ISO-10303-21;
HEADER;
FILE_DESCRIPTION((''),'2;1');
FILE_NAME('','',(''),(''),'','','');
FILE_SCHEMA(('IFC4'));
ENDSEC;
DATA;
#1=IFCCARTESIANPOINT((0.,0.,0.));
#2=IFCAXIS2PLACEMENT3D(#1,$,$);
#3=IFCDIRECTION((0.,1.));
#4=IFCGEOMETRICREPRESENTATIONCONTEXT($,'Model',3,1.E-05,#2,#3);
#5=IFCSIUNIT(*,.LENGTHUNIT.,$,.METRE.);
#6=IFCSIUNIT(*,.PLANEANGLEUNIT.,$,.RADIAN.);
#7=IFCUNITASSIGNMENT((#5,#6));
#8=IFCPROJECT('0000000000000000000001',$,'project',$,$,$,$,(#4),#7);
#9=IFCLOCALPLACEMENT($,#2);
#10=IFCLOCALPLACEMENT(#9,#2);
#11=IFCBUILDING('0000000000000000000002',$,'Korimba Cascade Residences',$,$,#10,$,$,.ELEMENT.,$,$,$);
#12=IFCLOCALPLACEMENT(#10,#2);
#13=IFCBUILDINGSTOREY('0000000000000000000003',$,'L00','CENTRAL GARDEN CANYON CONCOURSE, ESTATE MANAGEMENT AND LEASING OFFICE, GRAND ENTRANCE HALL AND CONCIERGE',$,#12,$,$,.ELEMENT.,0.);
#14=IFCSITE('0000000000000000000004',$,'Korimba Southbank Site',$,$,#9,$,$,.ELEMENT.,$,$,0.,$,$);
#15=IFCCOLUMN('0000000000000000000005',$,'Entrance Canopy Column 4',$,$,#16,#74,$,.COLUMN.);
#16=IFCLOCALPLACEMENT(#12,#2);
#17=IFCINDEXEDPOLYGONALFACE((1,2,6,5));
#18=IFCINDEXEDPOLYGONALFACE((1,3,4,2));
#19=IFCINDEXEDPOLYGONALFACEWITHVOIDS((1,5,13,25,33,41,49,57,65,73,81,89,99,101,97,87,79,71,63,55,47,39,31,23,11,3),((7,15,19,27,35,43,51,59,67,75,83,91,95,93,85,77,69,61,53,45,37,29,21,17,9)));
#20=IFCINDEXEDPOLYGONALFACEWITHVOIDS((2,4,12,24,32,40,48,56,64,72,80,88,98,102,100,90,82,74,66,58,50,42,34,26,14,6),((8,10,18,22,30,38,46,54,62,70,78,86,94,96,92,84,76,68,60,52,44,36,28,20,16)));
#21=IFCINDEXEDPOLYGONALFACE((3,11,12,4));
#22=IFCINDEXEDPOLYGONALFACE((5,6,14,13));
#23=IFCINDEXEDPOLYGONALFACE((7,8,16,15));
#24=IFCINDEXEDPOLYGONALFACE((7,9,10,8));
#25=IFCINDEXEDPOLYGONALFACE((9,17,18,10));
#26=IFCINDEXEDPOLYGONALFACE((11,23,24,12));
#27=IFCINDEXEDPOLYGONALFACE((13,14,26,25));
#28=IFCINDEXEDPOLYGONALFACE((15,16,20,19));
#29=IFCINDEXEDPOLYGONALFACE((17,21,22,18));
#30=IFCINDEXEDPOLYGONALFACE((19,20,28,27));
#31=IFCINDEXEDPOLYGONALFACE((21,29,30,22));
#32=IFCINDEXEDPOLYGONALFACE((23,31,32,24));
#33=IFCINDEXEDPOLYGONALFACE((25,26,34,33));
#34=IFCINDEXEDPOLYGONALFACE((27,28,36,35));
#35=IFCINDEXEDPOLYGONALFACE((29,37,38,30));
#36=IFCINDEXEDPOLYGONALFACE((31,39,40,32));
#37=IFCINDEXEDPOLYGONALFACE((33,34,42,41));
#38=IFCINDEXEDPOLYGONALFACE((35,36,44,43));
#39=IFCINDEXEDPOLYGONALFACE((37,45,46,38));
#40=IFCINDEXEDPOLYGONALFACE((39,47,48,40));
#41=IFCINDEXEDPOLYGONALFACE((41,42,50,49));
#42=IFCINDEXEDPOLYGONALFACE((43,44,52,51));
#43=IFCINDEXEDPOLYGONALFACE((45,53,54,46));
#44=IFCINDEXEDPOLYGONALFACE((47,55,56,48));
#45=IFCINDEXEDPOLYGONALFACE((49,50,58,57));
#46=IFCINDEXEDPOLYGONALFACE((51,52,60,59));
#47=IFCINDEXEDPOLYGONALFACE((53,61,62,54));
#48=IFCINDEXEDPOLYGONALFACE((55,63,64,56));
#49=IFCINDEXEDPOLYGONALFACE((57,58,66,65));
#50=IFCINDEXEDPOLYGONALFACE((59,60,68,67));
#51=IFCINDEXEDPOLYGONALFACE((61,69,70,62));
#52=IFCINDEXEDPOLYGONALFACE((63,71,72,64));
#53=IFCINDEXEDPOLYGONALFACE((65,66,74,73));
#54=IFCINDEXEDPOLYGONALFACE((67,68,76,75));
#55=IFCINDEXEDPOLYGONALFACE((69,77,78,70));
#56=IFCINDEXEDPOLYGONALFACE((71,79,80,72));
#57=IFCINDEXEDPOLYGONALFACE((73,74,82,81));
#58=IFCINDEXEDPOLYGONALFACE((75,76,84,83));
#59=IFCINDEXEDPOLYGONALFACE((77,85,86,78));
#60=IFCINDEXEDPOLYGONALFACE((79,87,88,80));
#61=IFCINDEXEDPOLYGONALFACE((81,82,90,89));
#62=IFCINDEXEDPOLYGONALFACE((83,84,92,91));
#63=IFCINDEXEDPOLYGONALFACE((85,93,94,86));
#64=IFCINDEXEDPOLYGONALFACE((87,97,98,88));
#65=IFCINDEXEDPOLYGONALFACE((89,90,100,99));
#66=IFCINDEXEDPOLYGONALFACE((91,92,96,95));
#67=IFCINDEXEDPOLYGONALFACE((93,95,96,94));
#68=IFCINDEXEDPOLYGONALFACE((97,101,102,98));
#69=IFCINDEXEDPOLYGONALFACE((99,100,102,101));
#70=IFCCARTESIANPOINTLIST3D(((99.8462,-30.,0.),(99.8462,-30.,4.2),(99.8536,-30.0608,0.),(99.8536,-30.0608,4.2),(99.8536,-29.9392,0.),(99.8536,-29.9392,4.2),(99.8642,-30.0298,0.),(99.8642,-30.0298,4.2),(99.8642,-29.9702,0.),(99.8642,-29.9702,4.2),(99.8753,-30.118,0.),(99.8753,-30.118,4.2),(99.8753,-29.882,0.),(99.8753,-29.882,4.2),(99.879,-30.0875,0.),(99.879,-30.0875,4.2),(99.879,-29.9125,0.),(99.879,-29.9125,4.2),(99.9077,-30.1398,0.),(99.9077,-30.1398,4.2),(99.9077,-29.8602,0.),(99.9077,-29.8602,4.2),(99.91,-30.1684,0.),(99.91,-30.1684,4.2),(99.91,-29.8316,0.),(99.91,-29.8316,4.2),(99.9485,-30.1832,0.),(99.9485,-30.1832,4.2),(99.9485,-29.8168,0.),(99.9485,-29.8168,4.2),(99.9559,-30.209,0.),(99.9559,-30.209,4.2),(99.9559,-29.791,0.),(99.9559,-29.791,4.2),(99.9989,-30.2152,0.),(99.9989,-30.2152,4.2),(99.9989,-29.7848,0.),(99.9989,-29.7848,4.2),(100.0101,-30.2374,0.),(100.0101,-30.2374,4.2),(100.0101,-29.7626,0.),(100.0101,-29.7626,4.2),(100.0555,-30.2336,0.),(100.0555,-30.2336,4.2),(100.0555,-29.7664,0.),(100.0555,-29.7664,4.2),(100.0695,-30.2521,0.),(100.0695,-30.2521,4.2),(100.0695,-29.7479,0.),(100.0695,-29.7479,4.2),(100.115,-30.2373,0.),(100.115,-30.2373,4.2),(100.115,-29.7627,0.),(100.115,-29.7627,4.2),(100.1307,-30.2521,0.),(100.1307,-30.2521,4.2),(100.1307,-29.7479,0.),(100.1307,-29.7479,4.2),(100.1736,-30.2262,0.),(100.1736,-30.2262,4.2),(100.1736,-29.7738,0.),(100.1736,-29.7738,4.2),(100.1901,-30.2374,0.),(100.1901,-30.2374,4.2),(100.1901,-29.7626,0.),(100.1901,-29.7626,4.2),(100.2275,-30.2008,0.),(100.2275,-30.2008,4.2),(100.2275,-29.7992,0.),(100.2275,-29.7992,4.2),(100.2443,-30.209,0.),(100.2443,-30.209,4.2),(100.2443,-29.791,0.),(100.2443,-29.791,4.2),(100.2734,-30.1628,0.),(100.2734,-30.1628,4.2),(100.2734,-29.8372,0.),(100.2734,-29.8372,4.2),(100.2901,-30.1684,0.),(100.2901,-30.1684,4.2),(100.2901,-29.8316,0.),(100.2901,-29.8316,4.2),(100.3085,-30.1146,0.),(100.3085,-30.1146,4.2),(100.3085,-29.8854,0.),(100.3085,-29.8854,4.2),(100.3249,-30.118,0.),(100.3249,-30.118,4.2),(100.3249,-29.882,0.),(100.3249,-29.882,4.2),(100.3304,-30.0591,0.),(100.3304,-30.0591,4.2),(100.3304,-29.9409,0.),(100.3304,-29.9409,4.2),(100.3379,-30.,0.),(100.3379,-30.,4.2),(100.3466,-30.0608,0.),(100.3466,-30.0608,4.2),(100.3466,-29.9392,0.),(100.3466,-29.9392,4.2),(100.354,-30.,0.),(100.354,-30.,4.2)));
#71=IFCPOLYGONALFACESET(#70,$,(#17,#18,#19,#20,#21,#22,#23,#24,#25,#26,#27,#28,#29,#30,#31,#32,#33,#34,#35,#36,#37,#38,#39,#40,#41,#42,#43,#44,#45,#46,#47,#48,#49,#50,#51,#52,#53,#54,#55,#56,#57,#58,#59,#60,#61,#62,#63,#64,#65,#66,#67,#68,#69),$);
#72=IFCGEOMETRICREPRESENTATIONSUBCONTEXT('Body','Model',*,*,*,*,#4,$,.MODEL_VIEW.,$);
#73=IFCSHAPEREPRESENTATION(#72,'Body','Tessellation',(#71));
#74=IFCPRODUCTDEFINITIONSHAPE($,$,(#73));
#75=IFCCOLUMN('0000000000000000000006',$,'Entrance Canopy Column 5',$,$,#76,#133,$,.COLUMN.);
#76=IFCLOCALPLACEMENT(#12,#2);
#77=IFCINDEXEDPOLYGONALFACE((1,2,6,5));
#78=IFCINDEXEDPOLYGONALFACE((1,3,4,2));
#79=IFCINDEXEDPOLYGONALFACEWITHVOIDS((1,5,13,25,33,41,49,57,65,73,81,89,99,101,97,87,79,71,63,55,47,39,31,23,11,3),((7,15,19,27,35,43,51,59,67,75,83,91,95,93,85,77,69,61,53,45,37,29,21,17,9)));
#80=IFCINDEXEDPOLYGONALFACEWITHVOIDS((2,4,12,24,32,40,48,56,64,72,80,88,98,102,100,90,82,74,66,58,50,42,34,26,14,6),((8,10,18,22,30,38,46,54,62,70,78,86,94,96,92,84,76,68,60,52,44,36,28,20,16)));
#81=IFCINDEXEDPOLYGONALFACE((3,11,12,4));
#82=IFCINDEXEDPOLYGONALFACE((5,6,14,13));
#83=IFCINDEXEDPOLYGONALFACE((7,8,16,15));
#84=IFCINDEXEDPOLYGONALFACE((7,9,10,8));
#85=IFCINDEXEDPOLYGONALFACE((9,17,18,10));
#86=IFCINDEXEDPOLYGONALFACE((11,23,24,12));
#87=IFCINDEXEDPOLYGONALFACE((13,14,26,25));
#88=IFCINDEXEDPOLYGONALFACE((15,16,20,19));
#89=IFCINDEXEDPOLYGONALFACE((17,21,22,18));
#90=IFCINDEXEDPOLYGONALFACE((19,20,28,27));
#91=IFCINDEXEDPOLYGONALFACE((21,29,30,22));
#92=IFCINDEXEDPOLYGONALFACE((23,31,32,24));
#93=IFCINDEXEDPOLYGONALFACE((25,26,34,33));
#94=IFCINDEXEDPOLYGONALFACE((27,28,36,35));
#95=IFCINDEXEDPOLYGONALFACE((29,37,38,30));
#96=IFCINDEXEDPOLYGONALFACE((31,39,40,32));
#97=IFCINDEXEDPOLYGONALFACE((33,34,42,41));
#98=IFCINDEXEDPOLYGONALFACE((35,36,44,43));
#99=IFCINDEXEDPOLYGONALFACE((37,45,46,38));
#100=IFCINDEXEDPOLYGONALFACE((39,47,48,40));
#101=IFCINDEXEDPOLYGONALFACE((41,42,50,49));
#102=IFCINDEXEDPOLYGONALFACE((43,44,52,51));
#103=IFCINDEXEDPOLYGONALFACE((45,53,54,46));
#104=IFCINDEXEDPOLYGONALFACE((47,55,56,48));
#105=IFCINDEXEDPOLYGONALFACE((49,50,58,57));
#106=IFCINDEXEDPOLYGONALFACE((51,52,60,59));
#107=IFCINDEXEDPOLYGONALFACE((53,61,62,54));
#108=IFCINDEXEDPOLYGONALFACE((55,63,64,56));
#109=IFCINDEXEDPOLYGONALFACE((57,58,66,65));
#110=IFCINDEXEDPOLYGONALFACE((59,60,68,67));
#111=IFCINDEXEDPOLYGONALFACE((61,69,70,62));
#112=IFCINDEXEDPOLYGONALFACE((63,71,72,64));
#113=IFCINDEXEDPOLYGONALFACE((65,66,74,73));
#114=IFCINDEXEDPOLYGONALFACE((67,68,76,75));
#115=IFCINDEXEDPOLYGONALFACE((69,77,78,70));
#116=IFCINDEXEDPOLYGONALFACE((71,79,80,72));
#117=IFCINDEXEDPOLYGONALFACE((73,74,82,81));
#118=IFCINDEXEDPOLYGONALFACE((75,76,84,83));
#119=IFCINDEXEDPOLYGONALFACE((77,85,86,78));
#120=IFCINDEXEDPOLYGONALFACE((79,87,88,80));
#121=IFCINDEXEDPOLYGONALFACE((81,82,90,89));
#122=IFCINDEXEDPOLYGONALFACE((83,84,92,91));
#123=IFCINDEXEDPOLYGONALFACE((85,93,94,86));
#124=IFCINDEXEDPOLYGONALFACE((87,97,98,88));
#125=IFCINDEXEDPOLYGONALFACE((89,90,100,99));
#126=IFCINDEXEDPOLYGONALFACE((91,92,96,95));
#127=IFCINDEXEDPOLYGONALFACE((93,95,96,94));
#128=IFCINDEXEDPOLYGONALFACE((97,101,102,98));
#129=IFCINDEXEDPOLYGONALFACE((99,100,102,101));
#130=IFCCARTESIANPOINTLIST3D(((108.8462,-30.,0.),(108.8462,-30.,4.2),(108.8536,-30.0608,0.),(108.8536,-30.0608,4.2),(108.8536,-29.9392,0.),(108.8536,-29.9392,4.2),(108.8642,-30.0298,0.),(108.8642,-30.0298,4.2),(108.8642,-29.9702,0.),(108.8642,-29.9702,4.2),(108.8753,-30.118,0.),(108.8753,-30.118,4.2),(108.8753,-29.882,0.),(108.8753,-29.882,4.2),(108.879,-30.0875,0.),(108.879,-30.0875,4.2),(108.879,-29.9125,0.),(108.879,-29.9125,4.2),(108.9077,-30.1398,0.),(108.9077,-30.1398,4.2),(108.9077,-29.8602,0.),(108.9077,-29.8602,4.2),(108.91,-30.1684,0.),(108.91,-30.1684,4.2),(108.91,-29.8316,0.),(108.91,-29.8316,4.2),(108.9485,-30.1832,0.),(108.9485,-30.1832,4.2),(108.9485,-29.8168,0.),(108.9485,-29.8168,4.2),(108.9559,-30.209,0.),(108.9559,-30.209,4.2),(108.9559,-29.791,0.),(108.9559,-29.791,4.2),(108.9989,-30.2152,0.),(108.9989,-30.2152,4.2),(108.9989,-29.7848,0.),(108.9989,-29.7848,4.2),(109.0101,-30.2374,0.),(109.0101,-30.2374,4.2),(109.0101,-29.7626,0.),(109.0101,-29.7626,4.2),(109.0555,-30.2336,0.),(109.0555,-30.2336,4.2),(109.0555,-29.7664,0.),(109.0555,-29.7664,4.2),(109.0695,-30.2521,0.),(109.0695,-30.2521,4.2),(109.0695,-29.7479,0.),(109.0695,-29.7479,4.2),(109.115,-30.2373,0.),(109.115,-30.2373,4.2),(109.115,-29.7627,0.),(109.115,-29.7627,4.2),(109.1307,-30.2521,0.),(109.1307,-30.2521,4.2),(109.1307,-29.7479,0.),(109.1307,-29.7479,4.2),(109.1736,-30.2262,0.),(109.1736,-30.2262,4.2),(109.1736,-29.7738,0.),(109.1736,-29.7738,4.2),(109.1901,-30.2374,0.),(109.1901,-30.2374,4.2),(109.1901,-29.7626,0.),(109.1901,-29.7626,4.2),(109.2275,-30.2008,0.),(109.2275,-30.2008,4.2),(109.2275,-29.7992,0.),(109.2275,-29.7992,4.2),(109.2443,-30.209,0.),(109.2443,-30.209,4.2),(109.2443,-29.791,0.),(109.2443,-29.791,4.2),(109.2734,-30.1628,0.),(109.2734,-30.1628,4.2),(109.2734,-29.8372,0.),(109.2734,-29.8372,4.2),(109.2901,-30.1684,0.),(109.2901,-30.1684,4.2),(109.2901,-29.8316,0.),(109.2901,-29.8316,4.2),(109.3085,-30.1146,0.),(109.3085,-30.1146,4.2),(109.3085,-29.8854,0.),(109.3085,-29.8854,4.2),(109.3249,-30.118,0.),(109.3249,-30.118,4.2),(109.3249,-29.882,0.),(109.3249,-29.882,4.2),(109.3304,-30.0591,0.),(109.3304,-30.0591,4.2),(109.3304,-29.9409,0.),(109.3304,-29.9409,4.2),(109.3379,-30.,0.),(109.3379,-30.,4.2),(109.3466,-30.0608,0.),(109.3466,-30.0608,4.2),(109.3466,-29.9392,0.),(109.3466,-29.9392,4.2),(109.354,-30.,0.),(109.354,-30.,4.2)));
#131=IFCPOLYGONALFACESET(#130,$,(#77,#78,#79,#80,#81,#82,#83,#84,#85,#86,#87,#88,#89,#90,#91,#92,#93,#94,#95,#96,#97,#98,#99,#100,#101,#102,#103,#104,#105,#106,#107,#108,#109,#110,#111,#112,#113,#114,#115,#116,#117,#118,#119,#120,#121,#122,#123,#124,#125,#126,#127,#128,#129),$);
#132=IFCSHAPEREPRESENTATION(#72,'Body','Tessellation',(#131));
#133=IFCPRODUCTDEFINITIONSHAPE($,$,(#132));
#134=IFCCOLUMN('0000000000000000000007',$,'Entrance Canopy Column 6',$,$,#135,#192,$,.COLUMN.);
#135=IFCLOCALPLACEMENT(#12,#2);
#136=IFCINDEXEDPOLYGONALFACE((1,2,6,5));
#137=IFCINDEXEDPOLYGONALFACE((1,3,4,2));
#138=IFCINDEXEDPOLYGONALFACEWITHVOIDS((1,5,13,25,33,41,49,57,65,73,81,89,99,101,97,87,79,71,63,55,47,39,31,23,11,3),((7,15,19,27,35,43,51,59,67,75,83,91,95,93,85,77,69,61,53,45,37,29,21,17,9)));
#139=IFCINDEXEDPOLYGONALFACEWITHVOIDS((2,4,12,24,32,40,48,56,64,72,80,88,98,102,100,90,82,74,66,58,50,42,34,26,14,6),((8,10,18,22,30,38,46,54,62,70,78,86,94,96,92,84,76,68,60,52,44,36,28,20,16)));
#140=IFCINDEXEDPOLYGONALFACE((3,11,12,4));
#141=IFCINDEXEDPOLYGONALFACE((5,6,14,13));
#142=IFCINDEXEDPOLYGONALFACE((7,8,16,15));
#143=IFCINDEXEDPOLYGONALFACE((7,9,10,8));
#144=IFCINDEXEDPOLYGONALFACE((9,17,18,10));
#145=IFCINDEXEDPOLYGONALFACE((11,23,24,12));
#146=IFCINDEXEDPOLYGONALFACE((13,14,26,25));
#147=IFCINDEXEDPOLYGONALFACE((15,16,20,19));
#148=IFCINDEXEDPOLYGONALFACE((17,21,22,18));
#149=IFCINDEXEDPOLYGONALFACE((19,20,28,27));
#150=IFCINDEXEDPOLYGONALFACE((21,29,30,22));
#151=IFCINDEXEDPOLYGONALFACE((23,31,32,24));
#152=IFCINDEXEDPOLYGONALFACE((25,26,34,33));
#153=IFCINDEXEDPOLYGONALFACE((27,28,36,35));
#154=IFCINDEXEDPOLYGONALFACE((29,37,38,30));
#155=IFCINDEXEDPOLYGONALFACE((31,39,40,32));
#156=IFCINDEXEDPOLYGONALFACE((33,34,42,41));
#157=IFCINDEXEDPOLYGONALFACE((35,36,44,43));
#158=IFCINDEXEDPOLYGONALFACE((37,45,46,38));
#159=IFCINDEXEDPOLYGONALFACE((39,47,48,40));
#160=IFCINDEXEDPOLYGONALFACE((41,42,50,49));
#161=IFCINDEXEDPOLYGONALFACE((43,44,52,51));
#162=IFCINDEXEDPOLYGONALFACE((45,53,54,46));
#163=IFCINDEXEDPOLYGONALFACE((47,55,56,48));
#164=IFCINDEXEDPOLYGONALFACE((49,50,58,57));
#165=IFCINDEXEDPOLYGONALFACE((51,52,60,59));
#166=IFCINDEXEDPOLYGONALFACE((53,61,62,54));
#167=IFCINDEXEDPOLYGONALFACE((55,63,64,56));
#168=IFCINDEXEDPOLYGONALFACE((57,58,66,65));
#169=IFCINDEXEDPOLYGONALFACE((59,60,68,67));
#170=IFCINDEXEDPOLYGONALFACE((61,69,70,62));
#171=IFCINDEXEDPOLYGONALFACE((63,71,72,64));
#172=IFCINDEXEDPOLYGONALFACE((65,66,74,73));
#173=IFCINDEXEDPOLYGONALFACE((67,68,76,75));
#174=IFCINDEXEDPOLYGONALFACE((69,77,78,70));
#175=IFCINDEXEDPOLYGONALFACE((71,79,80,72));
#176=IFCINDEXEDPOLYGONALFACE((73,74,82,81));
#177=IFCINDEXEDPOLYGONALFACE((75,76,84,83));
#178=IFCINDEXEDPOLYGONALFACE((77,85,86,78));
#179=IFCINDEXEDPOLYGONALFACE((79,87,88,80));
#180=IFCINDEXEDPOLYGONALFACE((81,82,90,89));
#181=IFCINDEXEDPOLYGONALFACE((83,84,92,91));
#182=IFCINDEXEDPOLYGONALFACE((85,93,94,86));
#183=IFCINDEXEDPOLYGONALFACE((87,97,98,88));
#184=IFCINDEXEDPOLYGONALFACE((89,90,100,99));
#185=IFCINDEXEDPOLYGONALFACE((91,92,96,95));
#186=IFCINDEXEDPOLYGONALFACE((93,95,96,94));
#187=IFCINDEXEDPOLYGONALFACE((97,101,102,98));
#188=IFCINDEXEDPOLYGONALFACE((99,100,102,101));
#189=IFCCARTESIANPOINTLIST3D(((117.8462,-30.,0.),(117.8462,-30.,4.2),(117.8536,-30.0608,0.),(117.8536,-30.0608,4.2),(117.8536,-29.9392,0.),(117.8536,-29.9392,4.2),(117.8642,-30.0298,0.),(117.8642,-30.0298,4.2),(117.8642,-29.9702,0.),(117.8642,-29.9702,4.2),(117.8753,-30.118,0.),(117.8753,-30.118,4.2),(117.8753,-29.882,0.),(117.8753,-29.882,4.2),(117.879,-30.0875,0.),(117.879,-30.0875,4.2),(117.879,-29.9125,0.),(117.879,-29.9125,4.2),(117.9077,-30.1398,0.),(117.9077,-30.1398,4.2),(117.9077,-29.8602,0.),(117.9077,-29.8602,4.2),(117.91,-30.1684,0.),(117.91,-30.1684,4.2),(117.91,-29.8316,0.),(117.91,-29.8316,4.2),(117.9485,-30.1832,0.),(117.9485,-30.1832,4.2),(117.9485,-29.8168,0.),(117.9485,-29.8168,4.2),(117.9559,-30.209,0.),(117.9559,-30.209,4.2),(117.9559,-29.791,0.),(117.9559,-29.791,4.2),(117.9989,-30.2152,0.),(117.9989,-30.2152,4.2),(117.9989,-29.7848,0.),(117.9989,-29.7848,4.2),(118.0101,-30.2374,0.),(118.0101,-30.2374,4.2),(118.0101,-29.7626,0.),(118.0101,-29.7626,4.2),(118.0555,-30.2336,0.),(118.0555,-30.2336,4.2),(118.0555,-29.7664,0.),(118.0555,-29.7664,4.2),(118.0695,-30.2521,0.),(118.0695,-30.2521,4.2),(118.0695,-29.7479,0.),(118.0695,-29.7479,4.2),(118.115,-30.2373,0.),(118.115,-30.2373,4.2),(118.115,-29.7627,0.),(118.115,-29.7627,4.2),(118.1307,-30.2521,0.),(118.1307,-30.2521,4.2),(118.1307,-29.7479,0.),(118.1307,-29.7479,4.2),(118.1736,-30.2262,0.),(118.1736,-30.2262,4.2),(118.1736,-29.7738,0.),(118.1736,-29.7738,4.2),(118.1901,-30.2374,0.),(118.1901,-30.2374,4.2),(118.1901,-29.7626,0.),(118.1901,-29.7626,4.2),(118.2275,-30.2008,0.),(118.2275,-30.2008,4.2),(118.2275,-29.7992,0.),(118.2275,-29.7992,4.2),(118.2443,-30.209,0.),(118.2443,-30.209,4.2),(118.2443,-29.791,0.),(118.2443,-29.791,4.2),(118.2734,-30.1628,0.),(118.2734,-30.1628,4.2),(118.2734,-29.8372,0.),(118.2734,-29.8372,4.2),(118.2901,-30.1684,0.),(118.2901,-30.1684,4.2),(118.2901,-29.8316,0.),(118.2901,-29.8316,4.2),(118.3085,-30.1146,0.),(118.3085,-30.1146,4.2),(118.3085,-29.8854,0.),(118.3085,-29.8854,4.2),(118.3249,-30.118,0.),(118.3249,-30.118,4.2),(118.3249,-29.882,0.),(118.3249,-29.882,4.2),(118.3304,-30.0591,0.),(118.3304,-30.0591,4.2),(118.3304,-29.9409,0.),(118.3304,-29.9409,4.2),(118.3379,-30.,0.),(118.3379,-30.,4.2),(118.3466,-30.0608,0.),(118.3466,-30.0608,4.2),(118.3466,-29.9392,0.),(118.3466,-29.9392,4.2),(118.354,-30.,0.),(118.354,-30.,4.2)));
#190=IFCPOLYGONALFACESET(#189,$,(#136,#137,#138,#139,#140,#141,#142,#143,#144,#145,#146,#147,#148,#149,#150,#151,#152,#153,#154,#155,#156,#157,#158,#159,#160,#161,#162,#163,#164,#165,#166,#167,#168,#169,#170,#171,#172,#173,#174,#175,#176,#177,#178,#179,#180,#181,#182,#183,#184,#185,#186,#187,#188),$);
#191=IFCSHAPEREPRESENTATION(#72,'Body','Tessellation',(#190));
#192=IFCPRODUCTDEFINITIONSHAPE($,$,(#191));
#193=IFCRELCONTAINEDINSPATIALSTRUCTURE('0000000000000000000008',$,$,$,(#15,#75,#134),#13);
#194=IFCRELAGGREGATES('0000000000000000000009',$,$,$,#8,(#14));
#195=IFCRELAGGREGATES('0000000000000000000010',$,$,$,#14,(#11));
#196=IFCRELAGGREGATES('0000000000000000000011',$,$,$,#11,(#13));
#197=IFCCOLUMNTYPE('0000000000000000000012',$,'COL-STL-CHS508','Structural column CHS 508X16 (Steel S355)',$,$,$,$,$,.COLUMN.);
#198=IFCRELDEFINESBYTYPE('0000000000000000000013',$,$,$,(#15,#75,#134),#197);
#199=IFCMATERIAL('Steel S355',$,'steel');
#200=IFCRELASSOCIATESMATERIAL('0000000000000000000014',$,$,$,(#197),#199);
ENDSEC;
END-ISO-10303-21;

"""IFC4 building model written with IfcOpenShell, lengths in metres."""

from ifc_helpers import new_model, si_unit, direction, frame, origin, origin_2d, place, context, subcontext, project, spatial, hollow_circle, extrude, material, material_profile, profile_set, type_object, element, save


model = new_model("IFC4")

# Units and contexts
model_context = context("Model", 3, precision=1e-05, world=origin(), true_north=direction((0.0, 1.0)))
body_context = subcontext(model_context, "Body", "Model", "MODEL_VIEW")
ifc_project = project(units=[si_unit("LENGTHUNIT", "METRE"), si_unit("PLANEANGLEUNIT", "RADIAN")], contexts=[model_context])

# Site, building, storey
site_placement = place(None, origin())
site = spatial("IfcSite", under=ifc_project, at=site_placement, Name="Korimba Southbank Site", CompositionType="ELEMENT", RefElevation=0.0)
building_placement = place(site_placement, origin())
building = spatial("IfcBuilding", under=site, at=building_placement, Name="Korimba Cascade Residences", CompositionType="ELEMENT")
storey_placement = place(building_placement, origin())
storey = spatial("IfcBuildingStorey", under=building, at=storey_placement, Name="L00", Description="CENTRAL GARDEN CANYON CONCOURSE, ESTATE MANAGEMENT AND LEASING OFFICE, GRAND ENTRANCE HALL AND CONCIERGE", CompositionType="ELEMENT", Elevation=0.0)

# Columns
ifc_material_1 = material(Name="Steel S355", Category="steel")
ifc_material_profile_1 = material_profile(ifc_material_1, hollow_circle(Radius=0.2539, WallThickness=0.0161, at=origin_2d()), Name="Steel S355")
ifc_profile_set_1 = profile_set([ifc_material_profile_1], Name="Steel S355")
column_type = type_object("IfcColumnType", Name="COL-STL-CHS508", Description="Structural column CHS 508X16 (Steel S355)", PredefinedType="COLUMN", material=ifc_profile_set_1)
for number, where, z_axis, x_axis, name in (
    (1, (100.1001, -30.0, 0.0), (0.0, 0.0, 1.0), (1.0, 0.0, 0.0), "Entrance Canopy Column 4"),
    (2, (109.1001, -30.0, 0.0), (0.0, 0.0, 1.0), (1.0, 0.0, 0.0), "Entrance Canopy Column 5"),
    (3, (118.1001, -30.0, 0.0), (0.0, 0.0, 1.0), (1.0, 0.0, 0.0), "Entrance Canopy Column 6"),
):
    element("IfcColumn", number, at=place(storey_placement, frame(where, z_axis=z_axis, x_axis=x_axis)), inside=storey, type_object=column_type, Name=name, PredefinedType="COLUMN", context=body_context, shape_type="SweptSolid", body=[
        extrude(hollow_circle(Radius=0.2539, WallThickness=0.0161, at=origin_2d()), origin(), (0.0, 0.0, 1.0), 4.2),
    ])

save(model, "model.ifc")
